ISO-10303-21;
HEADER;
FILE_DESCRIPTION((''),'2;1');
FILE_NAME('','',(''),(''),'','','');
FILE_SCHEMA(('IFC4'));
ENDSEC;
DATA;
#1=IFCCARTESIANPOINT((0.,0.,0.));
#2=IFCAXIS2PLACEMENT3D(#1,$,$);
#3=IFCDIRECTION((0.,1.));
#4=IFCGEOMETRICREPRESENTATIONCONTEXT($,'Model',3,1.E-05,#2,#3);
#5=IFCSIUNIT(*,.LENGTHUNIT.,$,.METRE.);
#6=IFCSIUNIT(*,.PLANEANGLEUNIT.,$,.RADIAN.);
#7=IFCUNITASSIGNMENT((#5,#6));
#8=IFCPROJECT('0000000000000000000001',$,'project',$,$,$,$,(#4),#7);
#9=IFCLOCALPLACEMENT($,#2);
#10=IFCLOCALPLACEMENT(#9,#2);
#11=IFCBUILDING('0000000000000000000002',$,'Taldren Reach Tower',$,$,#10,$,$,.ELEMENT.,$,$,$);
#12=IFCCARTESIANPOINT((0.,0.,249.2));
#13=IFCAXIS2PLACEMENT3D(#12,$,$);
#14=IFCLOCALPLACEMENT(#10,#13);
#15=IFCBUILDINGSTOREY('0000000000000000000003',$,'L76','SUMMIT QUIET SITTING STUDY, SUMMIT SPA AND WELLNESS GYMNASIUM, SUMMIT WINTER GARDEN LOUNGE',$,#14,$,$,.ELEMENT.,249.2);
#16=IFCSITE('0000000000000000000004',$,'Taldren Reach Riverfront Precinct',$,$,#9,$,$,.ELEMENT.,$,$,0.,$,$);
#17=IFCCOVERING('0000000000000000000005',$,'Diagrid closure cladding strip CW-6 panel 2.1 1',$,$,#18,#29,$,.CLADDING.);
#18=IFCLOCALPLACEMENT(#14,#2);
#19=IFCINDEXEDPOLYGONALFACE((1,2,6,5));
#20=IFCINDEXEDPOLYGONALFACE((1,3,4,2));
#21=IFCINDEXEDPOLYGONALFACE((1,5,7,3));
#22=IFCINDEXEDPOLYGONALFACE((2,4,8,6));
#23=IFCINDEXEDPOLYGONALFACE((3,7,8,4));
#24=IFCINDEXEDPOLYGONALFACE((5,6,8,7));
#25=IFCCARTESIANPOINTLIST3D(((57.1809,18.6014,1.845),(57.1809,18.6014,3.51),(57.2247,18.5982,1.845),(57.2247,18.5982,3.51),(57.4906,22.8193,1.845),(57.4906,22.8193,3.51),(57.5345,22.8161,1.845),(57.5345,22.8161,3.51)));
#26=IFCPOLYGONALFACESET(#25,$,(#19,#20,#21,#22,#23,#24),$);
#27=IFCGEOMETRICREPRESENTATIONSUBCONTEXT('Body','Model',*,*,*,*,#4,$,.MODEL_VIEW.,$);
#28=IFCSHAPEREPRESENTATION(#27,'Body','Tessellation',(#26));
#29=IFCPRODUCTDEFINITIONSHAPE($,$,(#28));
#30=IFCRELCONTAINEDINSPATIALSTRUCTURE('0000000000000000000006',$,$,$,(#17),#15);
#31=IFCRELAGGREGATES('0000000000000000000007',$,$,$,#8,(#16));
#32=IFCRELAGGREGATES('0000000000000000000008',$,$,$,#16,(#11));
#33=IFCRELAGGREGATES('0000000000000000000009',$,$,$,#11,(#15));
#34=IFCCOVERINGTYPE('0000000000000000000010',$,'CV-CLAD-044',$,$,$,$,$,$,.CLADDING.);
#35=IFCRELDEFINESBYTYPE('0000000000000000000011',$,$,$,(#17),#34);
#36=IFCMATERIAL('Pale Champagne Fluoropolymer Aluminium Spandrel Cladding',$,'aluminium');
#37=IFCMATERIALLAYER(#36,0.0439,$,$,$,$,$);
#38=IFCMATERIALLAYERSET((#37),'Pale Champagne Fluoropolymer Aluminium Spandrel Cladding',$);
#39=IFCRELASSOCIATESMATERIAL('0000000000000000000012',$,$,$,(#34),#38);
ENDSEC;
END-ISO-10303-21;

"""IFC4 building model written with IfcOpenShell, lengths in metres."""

from ifc_helpers import new_model, si_unit, direction, frame, origin, origin_2d, place, context, subcontext, project, spatial, rectangle, extrude, source, transform, mapped, material, layer, layer_set, type_object, element, save


model = new_model("IFC4")

# Units and contexts
model_context = context("Model", 3, precision=1e-05, world=origin(), true_north=direction((0.0, 1.0)))
body_context = subcontext(model_context, "Body", "Model", "MODEL_VIEW")
ifc_project = project(units=[si_unit("LENGTHUNIT", "METRE"), si_unit("PLANEANGLEUNIT", "RADIAN")], contexts=[model_context])

# Site, building, storey
site_placement = place(None, origin())
site = spatial("IfcSite", under=ifc_project, at=site_placement, Name="Taldren Reach Riverfront Precinct", CompositionType="ELEMENT", RefElevation=0.0)
building_placement = place(site_placement, origin())
building = spatial("IfcBuilding", under=site, at=building_placement, Name="Taldren Reach Tower", CompositionType="ELEMENT")
storey_placement = place(building_placement, frame((0.0, 0.0, 249.2)))
storey = spatial("IfcBuildingStorey", under=building, at=storey_placement, Name="L76", Description="SUMMIT QUIET SITTING STUDY, SUMMIT SPA AND WELLNESS GYMNASIUM, SUMMIT WINTER GARDEN LOUNGE", CompositionType="ELEMENT", Elevation=249.2)

# Covering
ifc_material_1 = material(Name="Pale Champagne Fluoropolymer Aluminium Spandrel Cladding", Category="aluminium")
ifc_layer_1 = layer(ifc_material_1, 0.0439)
ifc_layer_set_1 = layer_set([ifc_layer_1], Name="Pale Champagne Fluoropolymer Aluminium Spandrel Cladding")
covering_type = type_object("IfcCoveringType", Name="CV-CLAD-044", PredefinedType="CLADDING", material=ifc_layer_set_1)
shared_shape_1 = source(origin(), body_context, "Body", "SweptSolid", [
    extrude(rectangle(XDim=4.2292, YDim=0.0439, at=origin_2d()), origin(), (0.0, 0.0, 1.0), 1.665),
])
for number, where, z_axis, x_axis, name in (
    (1, (57.3577, 20.7087, 1.845), (0.0, 0.0, 1.0), (0.073238, 0.997314, 0.0), "Diagrid closure cladding strip CW-6 panel 2.1 1"),
):
    element("IfcCovering", number, at=place(storey_placement, frame(where, z_axis=z_axis, x_axis=x_axis)), inside=storey, type_object=covering_type, Name=name, PredefinedType="CLADDING", context=body_context, shape_type="MappedRepresentation", body=[
        mapped(shared_shape_1, transform((0.0, 0.0, 0.0), scale=1.0)),
    ])

save(model, "model.ifc")
